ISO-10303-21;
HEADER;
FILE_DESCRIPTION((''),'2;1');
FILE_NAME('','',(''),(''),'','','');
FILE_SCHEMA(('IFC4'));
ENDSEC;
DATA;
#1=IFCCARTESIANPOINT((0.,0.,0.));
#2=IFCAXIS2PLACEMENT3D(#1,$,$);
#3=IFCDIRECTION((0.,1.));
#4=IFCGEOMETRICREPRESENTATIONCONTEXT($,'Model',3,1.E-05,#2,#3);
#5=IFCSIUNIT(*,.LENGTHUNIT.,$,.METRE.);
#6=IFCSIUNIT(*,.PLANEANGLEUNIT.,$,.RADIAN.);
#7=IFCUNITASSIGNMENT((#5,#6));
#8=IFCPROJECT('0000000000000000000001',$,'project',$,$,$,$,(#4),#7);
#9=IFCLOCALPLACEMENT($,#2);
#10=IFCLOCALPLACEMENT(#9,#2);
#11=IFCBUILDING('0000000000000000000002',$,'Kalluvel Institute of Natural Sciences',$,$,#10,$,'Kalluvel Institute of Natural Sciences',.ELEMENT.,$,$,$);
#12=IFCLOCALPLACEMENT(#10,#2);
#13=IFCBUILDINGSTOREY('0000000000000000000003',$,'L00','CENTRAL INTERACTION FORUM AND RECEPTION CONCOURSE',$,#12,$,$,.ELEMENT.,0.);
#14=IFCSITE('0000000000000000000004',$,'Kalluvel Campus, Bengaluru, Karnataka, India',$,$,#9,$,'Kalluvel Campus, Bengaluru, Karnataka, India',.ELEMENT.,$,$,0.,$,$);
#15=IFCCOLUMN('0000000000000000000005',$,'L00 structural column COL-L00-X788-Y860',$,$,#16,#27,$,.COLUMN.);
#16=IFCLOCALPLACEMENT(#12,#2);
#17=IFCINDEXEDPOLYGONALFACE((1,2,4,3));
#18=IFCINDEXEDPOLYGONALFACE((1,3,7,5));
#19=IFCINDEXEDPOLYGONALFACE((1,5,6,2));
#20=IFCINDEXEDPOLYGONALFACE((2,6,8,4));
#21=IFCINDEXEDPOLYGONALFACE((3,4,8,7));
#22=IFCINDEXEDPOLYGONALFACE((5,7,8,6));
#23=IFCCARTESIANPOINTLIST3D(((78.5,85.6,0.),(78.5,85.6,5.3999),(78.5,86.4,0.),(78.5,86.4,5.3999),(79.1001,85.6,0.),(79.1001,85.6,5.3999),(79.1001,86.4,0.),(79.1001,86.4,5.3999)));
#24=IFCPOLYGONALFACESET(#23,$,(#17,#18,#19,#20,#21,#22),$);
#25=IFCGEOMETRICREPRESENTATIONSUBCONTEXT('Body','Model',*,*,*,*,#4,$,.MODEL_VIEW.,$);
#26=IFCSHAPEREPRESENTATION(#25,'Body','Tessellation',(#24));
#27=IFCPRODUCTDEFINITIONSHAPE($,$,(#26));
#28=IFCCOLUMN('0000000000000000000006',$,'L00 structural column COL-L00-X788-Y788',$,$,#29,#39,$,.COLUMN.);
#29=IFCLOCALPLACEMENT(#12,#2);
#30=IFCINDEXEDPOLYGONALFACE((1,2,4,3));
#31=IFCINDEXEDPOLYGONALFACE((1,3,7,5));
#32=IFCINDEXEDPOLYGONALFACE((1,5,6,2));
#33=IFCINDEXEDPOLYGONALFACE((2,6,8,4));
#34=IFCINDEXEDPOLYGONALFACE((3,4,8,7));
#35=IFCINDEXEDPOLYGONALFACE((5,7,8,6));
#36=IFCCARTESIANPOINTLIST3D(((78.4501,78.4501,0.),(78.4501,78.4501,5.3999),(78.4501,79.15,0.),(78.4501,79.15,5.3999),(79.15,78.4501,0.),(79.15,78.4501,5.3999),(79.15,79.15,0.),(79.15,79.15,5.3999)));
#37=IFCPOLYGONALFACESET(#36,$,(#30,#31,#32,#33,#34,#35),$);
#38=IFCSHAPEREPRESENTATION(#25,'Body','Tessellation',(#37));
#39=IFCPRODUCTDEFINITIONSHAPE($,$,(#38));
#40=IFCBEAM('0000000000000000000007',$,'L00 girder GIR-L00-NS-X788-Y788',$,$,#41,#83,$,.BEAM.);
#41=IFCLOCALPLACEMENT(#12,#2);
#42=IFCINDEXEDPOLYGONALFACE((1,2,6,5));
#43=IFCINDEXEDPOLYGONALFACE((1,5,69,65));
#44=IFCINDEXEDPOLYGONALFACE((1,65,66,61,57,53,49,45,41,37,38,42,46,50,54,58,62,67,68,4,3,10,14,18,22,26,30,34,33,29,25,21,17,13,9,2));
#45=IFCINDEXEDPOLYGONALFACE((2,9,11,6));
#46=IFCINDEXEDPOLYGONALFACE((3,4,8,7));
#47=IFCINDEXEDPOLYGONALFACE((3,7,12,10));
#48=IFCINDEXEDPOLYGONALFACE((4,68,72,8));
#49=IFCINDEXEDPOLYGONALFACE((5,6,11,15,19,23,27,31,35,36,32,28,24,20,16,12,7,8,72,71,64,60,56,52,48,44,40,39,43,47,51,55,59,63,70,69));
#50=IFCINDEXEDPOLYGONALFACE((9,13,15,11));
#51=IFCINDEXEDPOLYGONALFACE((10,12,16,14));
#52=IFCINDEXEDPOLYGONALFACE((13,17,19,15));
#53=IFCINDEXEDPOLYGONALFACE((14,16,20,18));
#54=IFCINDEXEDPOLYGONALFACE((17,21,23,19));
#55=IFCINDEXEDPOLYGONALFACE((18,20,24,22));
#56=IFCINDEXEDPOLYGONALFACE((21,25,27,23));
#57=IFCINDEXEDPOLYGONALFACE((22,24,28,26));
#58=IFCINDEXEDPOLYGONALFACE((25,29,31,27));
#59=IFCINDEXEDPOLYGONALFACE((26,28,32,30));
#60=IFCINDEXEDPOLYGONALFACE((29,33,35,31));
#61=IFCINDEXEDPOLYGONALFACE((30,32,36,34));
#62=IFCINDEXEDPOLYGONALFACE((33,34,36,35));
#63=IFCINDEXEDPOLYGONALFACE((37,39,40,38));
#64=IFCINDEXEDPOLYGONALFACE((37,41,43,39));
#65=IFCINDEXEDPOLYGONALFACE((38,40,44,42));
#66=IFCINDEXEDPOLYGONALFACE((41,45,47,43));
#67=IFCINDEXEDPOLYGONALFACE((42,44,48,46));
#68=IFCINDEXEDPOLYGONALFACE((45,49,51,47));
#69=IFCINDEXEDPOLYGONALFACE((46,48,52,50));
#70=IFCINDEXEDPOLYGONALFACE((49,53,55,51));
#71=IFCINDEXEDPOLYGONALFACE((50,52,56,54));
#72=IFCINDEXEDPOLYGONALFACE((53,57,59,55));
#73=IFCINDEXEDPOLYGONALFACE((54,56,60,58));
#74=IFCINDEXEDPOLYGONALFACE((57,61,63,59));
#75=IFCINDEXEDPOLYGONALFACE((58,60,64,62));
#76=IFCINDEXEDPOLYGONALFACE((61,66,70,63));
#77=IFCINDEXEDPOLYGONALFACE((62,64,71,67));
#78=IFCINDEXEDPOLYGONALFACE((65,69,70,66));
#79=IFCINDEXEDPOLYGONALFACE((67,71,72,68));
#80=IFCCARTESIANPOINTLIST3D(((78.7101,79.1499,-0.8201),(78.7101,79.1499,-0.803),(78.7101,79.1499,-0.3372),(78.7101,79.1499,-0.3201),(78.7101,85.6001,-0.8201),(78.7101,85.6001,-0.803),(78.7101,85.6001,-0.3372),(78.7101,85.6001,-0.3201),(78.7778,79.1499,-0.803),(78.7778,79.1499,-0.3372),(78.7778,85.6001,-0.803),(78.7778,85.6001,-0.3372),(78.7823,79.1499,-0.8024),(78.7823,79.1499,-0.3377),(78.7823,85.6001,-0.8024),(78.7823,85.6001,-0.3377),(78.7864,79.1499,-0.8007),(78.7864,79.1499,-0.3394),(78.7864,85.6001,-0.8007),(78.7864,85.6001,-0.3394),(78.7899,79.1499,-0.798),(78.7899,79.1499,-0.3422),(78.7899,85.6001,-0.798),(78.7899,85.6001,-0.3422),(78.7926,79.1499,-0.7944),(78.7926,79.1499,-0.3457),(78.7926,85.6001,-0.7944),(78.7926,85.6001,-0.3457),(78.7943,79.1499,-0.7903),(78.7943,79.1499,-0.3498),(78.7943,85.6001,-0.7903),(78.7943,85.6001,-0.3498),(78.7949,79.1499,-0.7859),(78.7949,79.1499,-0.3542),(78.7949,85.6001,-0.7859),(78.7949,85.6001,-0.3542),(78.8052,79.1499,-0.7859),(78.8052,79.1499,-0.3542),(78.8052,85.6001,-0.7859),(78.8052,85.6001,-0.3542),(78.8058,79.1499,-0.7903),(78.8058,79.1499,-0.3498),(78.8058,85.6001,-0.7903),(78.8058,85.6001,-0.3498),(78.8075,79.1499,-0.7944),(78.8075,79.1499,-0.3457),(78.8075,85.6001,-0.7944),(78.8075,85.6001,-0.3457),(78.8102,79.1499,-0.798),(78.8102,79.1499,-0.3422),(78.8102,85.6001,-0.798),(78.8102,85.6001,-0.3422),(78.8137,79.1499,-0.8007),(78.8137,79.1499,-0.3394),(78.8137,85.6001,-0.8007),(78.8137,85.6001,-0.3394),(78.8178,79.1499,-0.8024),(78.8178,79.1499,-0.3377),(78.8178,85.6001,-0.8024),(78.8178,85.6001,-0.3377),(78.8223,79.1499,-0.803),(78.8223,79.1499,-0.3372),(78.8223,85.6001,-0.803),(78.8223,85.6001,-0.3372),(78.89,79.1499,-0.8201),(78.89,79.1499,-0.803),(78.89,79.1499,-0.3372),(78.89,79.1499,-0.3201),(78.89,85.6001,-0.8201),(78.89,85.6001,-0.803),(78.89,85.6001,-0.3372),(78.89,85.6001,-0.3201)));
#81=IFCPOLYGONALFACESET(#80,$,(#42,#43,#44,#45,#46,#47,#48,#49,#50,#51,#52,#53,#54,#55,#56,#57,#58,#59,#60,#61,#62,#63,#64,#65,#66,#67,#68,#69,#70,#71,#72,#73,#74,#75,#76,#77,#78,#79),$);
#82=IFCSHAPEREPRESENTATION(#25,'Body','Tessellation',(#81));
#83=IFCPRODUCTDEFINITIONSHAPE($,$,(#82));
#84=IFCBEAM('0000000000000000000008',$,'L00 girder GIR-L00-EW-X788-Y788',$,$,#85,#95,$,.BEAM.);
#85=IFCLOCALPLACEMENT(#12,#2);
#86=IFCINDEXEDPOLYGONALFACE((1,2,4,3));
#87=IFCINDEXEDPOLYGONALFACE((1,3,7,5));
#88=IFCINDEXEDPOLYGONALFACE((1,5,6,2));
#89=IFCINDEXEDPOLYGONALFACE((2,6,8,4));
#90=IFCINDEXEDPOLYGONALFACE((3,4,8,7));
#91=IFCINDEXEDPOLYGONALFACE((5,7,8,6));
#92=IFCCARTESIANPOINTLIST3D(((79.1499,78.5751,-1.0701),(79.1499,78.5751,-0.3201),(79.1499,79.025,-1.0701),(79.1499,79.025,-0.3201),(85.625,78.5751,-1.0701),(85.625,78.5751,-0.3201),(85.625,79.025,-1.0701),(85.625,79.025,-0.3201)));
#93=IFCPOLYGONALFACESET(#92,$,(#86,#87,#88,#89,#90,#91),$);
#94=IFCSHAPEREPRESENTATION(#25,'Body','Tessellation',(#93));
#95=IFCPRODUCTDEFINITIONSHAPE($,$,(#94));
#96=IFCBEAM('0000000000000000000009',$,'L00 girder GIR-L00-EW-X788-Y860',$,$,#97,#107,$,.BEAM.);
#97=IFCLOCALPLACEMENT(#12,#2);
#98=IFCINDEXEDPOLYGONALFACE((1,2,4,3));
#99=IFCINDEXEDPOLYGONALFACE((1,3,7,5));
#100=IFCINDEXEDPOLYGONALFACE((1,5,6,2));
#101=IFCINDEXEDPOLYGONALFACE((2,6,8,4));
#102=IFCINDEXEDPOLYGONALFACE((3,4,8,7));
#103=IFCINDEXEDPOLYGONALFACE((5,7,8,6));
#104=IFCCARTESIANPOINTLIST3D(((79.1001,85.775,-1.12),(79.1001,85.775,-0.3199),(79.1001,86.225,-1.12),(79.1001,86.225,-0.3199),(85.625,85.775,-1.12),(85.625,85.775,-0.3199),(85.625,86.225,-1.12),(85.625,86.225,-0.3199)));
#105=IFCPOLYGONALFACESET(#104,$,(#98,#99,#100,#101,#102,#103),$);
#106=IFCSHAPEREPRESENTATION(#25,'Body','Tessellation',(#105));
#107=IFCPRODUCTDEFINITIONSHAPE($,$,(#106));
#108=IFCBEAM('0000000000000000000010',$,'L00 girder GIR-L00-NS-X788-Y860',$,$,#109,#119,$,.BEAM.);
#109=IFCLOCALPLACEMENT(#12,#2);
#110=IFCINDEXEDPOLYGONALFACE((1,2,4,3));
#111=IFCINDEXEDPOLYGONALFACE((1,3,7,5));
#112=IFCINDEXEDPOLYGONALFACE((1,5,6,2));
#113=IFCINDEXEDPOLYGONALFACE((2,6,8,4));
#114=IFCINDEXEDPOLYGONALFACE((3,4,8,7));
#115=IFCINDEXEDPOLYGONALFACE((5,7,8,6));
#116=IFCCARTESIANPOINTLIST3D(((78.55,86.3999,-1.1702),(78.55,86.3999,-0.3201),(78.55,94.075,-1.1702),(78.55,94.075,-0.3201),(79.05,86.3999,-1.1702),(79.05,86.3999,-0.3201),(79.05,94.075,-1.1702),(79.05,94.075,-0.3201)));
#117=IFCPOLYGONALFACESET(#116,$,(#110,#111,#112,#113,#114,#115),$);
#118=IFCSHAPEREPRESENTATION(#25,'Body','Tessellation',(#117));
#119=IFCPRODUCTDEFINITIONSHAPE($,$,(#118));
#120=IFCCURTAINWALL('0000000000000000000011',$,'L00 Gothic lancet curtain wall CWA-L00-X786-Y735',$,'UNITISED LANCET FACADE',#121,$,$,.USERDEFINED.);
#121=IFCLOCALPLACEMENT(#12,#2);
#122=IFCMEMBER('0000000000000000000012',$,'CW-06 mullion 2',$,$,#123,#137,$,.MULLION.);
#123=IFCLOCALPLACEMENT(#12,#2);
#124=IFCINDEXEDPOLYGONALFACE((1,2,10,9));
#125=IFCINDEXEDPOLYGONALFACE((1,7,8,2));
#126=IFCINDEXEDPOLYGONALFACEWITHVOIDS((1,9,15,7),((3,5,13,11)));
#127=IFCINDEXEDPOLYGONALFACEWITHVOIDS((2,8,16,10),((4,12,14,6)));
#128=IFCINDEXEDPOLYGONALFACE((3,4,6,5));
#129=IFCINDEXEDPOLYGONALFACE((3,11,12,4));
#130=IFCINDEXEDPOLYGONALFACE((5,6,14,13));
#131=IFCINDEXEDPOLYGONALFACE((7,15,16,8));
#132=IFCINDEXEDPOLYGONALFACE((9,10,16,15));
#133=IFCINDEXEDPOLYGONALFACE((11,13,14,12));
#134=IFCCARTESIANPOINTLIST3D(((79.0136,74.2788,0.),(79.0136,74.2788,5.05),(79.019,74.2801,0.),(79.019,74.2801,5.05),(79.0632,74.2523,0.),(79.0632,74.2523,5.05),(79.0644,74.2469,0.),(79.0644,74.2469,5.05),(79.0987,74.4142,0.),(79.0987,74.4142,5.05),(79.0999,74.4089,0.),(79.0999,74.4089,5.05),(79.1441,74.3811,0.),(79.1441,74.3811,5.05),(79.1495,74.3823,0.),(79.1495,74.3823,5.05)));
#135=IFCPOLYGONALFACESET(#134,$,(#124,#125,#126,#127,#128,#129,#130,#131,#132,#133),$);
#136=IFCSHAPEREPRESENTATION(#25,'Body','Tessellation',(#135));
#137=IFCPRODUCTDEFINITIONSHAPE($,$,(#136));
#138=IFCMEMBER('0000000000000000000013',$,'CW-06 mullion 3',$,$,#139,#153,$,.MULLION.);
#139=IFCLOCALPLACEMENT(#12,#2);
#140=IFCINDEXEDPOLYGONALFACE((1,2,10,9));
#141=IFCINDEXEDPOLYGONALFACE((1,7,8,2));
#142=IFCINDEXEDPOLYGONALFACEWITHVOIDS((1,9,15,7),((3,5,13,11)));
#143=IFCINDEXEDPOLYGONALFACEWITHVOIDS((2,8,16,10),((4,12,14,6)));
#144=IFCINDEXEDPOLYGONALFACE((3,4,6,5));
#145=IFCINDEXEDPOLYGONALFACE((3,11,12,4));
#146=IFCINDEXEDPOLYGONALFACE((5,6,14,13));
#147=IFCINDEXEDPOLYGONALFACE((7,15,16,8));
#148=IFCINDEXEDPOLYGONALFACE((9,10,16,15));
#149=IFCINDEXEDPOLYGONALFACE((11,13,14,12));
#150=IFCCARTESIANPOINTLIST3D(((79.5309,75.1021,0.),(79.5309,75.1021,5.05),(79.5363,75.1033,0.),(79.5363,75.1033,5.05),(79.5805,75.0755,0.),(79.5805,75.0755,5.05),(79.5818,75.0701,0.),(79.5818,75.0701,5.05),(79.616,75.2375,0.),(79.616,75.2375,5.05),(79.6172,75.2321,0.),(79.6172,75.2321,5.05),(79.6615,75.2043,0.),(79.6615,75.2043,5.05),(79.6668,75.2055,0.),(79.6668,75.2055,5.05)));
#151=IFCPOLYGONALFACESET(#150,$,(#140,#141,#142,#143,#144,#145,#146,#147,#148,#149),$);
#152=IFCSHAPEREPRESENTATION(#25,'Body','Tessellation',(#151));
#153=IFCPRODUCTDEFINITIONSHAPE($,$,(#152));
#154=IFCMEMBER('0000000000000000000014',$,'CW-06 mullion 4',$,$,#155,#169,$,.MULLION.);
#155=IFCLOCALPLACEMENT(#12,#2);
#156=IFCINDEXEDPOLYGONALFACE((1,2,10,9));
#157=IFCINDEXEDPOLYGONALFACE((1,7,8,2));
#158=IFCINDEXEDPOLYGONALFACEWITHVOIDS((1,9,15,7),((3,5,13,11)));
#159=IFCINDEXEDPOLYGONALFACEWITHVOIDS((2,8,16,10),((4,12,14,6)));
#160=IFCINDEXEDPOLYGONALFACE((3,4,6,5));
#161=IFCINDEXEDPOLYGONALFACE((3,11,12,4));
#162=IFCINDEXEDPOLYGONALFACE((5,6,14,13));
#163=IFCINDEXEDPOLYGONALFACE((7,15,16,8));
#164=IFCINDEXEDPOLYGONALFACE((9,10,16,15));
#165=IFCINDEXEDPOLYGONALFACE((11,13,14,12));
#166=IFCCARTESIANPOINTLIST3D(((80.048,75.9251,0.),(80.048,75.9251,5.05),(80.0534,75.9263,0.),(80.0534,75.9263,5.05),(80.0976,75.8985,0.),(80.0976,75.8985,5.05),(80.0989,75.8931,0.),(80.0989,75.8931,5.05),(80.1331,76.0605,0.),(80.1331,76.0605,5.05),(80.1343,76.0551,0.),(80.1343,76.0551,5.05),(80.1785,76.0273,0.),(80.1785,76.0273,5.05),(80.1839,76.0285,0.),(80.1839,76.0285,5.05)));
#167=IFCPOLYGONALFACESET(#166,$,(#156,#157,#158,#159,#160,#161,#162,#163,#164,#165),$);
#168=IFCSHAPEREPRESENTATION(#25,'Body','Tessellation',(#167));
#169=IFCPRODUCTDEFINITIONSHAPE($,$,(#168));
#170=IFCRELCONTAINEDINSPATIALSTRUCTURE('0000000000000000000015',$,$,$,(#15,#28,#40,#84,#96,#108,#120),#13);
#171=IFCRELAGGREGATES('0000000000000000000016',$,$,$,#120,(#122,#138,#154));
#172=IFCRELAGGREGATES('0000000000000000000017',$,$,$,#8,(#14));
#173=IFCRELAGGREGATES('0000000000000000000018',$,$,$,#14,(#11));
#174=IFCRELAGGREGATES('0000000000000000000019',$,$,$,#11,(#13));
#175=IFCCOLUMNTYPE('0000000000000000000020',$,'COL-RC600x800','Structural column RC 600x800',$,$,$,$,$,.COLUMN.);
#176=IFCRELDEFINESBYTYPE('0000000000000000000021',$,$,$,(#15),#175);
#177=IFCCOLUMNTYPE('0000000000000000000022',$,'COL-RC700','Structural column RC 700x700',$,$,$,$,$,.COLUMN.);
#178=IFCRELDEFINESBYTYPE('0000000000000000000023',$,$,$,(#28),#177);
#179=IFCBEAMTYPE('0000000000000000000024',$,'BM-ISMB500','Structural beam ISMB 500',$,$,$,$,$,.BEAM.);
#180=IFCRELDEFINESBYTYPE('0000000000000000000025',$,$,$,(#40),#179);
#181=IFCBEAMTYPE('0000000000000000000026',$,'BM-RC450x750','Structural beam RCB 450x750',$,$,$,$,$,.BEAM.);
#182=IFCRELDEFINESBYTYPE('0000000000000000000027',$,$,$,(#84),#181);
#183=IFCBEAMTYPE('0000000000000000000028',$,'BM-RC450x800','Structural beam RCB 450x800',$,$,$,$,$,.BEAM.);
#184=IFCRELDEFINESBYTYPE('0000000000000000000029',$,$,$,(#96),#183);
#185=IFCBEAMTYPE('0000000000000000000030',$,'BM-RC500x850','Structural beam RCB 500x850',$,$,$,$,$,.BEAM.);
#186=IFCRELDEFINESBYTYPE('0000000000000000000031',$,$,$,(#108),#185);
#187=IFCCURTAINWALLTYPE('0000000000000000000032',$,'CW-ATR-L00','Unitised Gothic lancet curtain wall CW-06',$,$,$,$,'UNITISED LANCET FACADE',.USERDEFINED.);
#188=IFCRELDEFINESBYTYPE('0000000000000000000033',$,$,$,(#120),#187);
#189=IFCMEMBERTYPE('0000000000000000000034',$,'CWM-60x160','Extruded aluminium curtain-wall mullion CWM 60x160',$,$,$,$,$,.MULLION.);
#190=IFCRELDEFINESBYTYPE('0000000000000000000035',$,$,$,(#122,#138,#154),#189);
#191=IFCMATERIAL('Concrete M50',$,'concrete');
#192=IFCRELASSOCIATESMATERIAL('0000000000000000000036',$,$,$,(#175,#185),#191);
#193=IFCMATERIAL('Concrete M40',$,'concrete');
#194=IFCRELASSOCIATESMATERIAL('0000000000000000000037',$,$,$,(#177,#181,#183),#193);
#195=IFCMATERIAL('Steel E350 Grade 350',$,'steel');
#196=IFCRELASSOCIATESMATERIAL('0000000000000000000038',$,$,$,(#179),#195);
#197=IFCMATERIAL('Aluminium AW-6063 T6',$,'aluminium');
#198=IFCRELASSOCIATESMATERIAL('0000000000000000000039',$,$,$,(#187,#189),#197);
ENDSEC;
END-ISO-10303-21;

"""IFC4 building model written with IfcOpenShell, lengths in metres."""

from ifc_helpers import new_model, si_unit, direction, frame, origin, origin_2d, place, context, subcontext, project, spatial, rectangle, hollow_rectangle, i_section, extrude, material, material_profile, profile_set, type_object, element, aggregate, save


model = new_model("IFC4")

# Units and contexts
model_context = context("Model", 3, precision=1e-05, world=origin(), true_north=direction((0.0, 1.0)))
body_context = subcontext(model_context, "Body", "Model", "MODEL_VIEW")
ifc_project = project(units=[si_unit("LENGTHUNIT", "METRE"), si_unit("PLANEANGLEUNIT", "RADIAN")], contexts=[model_context])

# Site, building, storey
site_placement = place(None, origin())
site = spatial("IfcSite", under=ifc_project, at=site_placement, Name="Kalluvel Campus, Bengaluru, Karnataka, India", LongName="Kalluvel Campus, Bengaluru, Karnataka, India", CompositionType="ELEMENT", RefElevation=0.0)
building_placement = place(site_placement, origin())
building = spatial("IfcBuilding", under=site, at=building_placement, Name="Kalluvel Institute of Natural Sciences", LongName="Kalluvel Institute of Natural Sciences", CompositionType="ELEMENT")
storey_placement = place(building_placement, origin())
storey = spatial("IfcBuildingStorey", under=building, at=storey_placement, Name="L00", Description="CENTRAL INTERACTION FORUM AND RECEPTION CONCOURSE", CompositionType="ELEMENT", Elevation=0.0)

# Columns
ifc_material_1 = material(Name="Concrete M50", Category="concrete")
ifc_material_profile_1 = material_profile(ifc_material_1, rectangle(XDim=0.6001, YDim=0.8, at=origin_2d()), Name="RC 600x800")
ifc_profile_set_1 = profile_set([ifc_material_profile_1], Name="Concrete M50")
column_type_1 = type_object("IfcColumnType", Name="COL-RC600x800", Description="Structural column RC 600x800", PredefinedType="COLUMN", material=ifc_profile_set_1)
column_1_placement = place(storey_placement, frame((78.8, 86.0, 0.0), z_axis=(0.0, 0.0, 1.0), x_axis=(1.0, 0.0, 0.0)))
element("IfcColumn", 1, at=column_1_placement, inside=storey, type_object=column_type_1, Name="L00 structural column COL-L00-X788-Y860", PredefinedType="COLUMN", context=body_context, shape_type="SweptSolid", body=[
    extrude(rectangle(XDim=0.6001, YDim=0.8, at=origin_2d()), origin(), (0.0, 0.0, 1.0), 5.3999),
])
ifc_material_2 = material(Name="Concrete M40", Category="concrete")
ifc_material_profile_2 = material_profile(ifc_material_2, rectangle(XDim=0.7, YDim=0.7, at=origin_2d()), Name="RC 700x700")
ifc_profile_set_2 = profile_set([ifc_material_profile_2], Name="Concrete M40")
column_type_2 = type_object("IfcColumnType", Name="COL-RC700", Description="Structural column RC 700x700", PredefinedType="COLUMN", material=ifc_profile_set_2)
column_2_placement = place(storey_placement, frame((78.8, 78.8, 0.0), z_axis=(0.0, 0.0, 1.0), x_axis=(1.0, 0.0, 0.0)))
element("IfcColumn", 2, at=column_2_placement, inside=storey, type_object=column_type_2, Name="L00 structural column COL-L00-X788-Y788", PredefinedType="COLUMN", context=body_context, shape_type="SweptSolid", body=[
    extrude(rectangle(XDim=0.7, YDim=0.7, at=origin_2d()), origin(), (0.0, 0.0, 1.0), 5.3999),
])

# Beams
ifc_material_3 = material(Name="Steel E350 Grade 350", Category="steel")
ifc_material_profile_3 = material_profile(ifc_material_3, i_section(OverallWidth=0.1799, OverallDepth=0.5, WebThickness=0.0103, FlangeThickness=0.0171, FilletRadius=0.0171, at=origin_2d()), Name="ISMB 500")
ifc_profile_set_3 = profile_set([ifc_material_profile_3], Name="Steel E350 Grade 350")
beam_type_1 = type_object("IfcBeamType", Name="BM-ISMB500", Description="Structural beam ISMB 500", PredefinedType="BEAM", material=ifc_profile_set_3)
beam_1_placement = place(storey_placement, frame((78.8, 79.1499, -0.5701), z_axis=(0.0, 1.0, 0.0), x_axis=(-1.0, 0.0, 0.0)))
element("IfcBeam", 3, at=beam_1_placement, inside=storey, type_object=beam_type_1, Name="L00 girder GIR-L00-NS-X788-Y788", PredefinedType="BEAM", context=body_context, shape_type="SweptSolid", body=[
    extrude(i_section(OverallWidth=0.1799, OverallDepth=0.5, WebThickness=0.0103, FlangeThickness=0.0171, FilletRadius=0.0171, at=origin_2d()), origin(), (0.0, 0.0, 1.0), 6.4502),
])
ifc_material_profile_4 = material_profile(ifc_material_2, rectangle(XDim=0.45, YDim=0.75, at=origin_2d()), Name="RCB 450x750")
ifc_profile_set_4 = profile_set([ifc_material_profile_4], Name="Concrete M40")
beam_type_2 = type_object("IfcBeamType", Name="BM-RC450x750", Description="Structural beam RCB 450x750", PredefinedType="BEAM", material=ifc_profile_set_4)
beam_2_placement = place(storey_placement, frame((79.1499, 78.8, -0.6951), z_axis=(1.0, 0.0, 0.0), x_axis=(0.0, 1.0, 0.0)))
element("IfcBeam", 4, at=beam_2_placement, inside=storey, type_object=beam_type_2, Name="L00 girder GIR-L00-EW-X788-Y788", PredefinedType="BEAM", context=body_context, shape_type="SweptSolid", body=[
    extrude(rectangle(XDim=0.45, YDim=0.75, at=origin_2d()), origin(), (0.0, 0.0, 1.0), 6.4751),
])
ifc_material_profile_5 = material_profile(ifc_material_2, rectangle(XDim=0.45, YDim=0.8, at=origin_2d()), Name="RCB 450x800")
ifc_profile_set_5 = profile_set([ifc_material_profile_5], Name="Concrete M40")
beam_type_3 = type_object("IfcBeamType", Name="BM-RC450x800", Description="Structural beam RCB 450x800", PredefinedType="BEAM", material=ifc_profile_set_5)
beam_3_placement = place(storey_placement, frame((79.1001, 86.0, -0.72), z_axis=(1.0, 0.0, 0.0), x_axis=(0.0, 1.0, 0.0)))
element("IfcBeam", 5, at=beam_3_placement, inside=storey, type_object=beam_type_3, Name="L00 girder GIR-L00-EW-X788-Y860", PredefinedType="BEAM", context=body_context, shape_type="SweptSolid", body=[
    extrude(rectangle(XDim=0.45, YDim=0.8, at=origin_2d()), origin(), (0.0, 0.0, 1.0), 6.5249),
])
ifc_material_profile_6 = material_profile(ifc_material_1, rectangle(XDim=0.5, YDim=0.8501, at=origin_2d()), Name="RCB 500x850")
ifc_profile_set_6 = profile_set([ifc_material_profile_6], Name="Concrete M50")
beam_type_4 = type_object("IfcBeamType", Name="BM-RC500x850", Description="Structural beam RCB 500x850", PredefinedType="BEAM", material=ifc_profile_set_6)
beam_4_placement = place(storey_placement, frame((78.8, 86.3999, -0.7451), z_axis=(0.0, 1.0, 0.0), x_axis=(-1.0, 0.0, 0.0)))
element("IfcBeam", 6, at=beam_4_placement, inside=storey, type_object=beam_type_4, Name="L00 girder GIR-L00-NS-X788-Y860", PredefinedType="BEAM", context=body_context, shape_type="SweptSolid", body=[
    extrude(rectangle(XDim=0.5, YDim=0.8501, at=origin_2d()), origin(), (0.0, 0.0, 1.0), 7.675),
])

# Curtain wall, members
ifc_material_4 = material(Name="Aluminium AW-6063 T6", Category="aluminium")
curtain_wall_type = type_object("IfcCurtainWallType", Name="CW-ATR-L00", Description="Unitised Gothic lancet curtain wall CW-06", ElementType="UNITISED LANCET FACADE", PredefinedType="USERDEFINED", material=ifc_material_4)
curtain_wall_placement = place(storey_placement, origin())
curtain_wall = element("IfcCurtainWall", 7, at=curtain_wall_placement, inside=storey, type_object=curtain_wall_type, Name="L00 Gothic lancet curtain wall CWA-L00-X786-Y735", ObjectType="UNITISED LANCET FACADE", PredefinedType="USERDEFINED")
ifc_material_profile_7 = material_profile(ifc_material_4, hollow_rectangle(XDim=0.0601, YDim=0.1599, WallThickness=0.0039, at=origin_2d()), Name="CWM 60x160")
ifc_profile_set_7 = profile_set([ifc_material_profile_7], Name="Aluminium AW-6063 T6")
member_type_1 = type_object("IfcMemberType", Name="CWM-60x160", Description="Extruded aluminium curtain-wall mullion CWM 60x160", PredefinedType="MULLION", material=ifc_profile_set_7)
member_1_placement = place(storey_placement, frame((79.0815, 74.3306, 0.0), z_axis=(0.0, 0.0, 1.0), x_axis=(-0.846722, 0.532036, 0.0)))
member_1 = element("IfcMember", 8, at=member_1_placement, type_object=member_type_1, Name="CW-06 mullion 2", PredefinedType="MULLION", context=body_context, shape_type="SweptSolid", body=[
    extrude(hollow_rectangle(XDim=0.0601, YDim=0.1599, WallThickness=0.0039, at=origin_2d()), origin(), (0.0, 0.0, 1.0), 5.05),
])
member_2_placement = place(storey_placement, frame((79.5989, 75.1538, 0.0), z_axis=(0.0, 0.0, 1.0), x_axis=(-0.846722, 0.532036, 0.0)))
member_2 = element("IfcMember", 9, at=member_2_placement, type_object=member_type_1, Name="CW-06 mullion 3", PredefinedType="MULLION", context=body_context, shape_type="SweptSolid", body=[
    extrude(hollow_rectangle(XDim=0.0601, YDim=0.1599, WallThickness=0.0039, at=origin_2d()), origin(), (0.0, 0.0, 1.0), 5.05),
])
member_3_placement = place(storey_placement, frame((80.116, 75.9768, 0.0), z_axis=(0.0, 0.0, 1.0), x_axis=(-0.846722, 0.532036, 0.0)))
member_3 = element("IfcMember", 10, at=member_3_placement, type_object=member_type_1, Name="CW-06 mullion 4", PredefinedType="MULLION", context=body_context, shape_type="SweptSolid", body=[
    extrude(hollow_rectangle(XDim=0.0601, YDim=0.1599, WallThickness=0.0039, at=origin_2d()), origin(), (0.0, 0.0, 1.0), 5.05),
])
aggregate(curtain_wall, [member_1, member_2, member_3])

save(model, "model.ifc")
